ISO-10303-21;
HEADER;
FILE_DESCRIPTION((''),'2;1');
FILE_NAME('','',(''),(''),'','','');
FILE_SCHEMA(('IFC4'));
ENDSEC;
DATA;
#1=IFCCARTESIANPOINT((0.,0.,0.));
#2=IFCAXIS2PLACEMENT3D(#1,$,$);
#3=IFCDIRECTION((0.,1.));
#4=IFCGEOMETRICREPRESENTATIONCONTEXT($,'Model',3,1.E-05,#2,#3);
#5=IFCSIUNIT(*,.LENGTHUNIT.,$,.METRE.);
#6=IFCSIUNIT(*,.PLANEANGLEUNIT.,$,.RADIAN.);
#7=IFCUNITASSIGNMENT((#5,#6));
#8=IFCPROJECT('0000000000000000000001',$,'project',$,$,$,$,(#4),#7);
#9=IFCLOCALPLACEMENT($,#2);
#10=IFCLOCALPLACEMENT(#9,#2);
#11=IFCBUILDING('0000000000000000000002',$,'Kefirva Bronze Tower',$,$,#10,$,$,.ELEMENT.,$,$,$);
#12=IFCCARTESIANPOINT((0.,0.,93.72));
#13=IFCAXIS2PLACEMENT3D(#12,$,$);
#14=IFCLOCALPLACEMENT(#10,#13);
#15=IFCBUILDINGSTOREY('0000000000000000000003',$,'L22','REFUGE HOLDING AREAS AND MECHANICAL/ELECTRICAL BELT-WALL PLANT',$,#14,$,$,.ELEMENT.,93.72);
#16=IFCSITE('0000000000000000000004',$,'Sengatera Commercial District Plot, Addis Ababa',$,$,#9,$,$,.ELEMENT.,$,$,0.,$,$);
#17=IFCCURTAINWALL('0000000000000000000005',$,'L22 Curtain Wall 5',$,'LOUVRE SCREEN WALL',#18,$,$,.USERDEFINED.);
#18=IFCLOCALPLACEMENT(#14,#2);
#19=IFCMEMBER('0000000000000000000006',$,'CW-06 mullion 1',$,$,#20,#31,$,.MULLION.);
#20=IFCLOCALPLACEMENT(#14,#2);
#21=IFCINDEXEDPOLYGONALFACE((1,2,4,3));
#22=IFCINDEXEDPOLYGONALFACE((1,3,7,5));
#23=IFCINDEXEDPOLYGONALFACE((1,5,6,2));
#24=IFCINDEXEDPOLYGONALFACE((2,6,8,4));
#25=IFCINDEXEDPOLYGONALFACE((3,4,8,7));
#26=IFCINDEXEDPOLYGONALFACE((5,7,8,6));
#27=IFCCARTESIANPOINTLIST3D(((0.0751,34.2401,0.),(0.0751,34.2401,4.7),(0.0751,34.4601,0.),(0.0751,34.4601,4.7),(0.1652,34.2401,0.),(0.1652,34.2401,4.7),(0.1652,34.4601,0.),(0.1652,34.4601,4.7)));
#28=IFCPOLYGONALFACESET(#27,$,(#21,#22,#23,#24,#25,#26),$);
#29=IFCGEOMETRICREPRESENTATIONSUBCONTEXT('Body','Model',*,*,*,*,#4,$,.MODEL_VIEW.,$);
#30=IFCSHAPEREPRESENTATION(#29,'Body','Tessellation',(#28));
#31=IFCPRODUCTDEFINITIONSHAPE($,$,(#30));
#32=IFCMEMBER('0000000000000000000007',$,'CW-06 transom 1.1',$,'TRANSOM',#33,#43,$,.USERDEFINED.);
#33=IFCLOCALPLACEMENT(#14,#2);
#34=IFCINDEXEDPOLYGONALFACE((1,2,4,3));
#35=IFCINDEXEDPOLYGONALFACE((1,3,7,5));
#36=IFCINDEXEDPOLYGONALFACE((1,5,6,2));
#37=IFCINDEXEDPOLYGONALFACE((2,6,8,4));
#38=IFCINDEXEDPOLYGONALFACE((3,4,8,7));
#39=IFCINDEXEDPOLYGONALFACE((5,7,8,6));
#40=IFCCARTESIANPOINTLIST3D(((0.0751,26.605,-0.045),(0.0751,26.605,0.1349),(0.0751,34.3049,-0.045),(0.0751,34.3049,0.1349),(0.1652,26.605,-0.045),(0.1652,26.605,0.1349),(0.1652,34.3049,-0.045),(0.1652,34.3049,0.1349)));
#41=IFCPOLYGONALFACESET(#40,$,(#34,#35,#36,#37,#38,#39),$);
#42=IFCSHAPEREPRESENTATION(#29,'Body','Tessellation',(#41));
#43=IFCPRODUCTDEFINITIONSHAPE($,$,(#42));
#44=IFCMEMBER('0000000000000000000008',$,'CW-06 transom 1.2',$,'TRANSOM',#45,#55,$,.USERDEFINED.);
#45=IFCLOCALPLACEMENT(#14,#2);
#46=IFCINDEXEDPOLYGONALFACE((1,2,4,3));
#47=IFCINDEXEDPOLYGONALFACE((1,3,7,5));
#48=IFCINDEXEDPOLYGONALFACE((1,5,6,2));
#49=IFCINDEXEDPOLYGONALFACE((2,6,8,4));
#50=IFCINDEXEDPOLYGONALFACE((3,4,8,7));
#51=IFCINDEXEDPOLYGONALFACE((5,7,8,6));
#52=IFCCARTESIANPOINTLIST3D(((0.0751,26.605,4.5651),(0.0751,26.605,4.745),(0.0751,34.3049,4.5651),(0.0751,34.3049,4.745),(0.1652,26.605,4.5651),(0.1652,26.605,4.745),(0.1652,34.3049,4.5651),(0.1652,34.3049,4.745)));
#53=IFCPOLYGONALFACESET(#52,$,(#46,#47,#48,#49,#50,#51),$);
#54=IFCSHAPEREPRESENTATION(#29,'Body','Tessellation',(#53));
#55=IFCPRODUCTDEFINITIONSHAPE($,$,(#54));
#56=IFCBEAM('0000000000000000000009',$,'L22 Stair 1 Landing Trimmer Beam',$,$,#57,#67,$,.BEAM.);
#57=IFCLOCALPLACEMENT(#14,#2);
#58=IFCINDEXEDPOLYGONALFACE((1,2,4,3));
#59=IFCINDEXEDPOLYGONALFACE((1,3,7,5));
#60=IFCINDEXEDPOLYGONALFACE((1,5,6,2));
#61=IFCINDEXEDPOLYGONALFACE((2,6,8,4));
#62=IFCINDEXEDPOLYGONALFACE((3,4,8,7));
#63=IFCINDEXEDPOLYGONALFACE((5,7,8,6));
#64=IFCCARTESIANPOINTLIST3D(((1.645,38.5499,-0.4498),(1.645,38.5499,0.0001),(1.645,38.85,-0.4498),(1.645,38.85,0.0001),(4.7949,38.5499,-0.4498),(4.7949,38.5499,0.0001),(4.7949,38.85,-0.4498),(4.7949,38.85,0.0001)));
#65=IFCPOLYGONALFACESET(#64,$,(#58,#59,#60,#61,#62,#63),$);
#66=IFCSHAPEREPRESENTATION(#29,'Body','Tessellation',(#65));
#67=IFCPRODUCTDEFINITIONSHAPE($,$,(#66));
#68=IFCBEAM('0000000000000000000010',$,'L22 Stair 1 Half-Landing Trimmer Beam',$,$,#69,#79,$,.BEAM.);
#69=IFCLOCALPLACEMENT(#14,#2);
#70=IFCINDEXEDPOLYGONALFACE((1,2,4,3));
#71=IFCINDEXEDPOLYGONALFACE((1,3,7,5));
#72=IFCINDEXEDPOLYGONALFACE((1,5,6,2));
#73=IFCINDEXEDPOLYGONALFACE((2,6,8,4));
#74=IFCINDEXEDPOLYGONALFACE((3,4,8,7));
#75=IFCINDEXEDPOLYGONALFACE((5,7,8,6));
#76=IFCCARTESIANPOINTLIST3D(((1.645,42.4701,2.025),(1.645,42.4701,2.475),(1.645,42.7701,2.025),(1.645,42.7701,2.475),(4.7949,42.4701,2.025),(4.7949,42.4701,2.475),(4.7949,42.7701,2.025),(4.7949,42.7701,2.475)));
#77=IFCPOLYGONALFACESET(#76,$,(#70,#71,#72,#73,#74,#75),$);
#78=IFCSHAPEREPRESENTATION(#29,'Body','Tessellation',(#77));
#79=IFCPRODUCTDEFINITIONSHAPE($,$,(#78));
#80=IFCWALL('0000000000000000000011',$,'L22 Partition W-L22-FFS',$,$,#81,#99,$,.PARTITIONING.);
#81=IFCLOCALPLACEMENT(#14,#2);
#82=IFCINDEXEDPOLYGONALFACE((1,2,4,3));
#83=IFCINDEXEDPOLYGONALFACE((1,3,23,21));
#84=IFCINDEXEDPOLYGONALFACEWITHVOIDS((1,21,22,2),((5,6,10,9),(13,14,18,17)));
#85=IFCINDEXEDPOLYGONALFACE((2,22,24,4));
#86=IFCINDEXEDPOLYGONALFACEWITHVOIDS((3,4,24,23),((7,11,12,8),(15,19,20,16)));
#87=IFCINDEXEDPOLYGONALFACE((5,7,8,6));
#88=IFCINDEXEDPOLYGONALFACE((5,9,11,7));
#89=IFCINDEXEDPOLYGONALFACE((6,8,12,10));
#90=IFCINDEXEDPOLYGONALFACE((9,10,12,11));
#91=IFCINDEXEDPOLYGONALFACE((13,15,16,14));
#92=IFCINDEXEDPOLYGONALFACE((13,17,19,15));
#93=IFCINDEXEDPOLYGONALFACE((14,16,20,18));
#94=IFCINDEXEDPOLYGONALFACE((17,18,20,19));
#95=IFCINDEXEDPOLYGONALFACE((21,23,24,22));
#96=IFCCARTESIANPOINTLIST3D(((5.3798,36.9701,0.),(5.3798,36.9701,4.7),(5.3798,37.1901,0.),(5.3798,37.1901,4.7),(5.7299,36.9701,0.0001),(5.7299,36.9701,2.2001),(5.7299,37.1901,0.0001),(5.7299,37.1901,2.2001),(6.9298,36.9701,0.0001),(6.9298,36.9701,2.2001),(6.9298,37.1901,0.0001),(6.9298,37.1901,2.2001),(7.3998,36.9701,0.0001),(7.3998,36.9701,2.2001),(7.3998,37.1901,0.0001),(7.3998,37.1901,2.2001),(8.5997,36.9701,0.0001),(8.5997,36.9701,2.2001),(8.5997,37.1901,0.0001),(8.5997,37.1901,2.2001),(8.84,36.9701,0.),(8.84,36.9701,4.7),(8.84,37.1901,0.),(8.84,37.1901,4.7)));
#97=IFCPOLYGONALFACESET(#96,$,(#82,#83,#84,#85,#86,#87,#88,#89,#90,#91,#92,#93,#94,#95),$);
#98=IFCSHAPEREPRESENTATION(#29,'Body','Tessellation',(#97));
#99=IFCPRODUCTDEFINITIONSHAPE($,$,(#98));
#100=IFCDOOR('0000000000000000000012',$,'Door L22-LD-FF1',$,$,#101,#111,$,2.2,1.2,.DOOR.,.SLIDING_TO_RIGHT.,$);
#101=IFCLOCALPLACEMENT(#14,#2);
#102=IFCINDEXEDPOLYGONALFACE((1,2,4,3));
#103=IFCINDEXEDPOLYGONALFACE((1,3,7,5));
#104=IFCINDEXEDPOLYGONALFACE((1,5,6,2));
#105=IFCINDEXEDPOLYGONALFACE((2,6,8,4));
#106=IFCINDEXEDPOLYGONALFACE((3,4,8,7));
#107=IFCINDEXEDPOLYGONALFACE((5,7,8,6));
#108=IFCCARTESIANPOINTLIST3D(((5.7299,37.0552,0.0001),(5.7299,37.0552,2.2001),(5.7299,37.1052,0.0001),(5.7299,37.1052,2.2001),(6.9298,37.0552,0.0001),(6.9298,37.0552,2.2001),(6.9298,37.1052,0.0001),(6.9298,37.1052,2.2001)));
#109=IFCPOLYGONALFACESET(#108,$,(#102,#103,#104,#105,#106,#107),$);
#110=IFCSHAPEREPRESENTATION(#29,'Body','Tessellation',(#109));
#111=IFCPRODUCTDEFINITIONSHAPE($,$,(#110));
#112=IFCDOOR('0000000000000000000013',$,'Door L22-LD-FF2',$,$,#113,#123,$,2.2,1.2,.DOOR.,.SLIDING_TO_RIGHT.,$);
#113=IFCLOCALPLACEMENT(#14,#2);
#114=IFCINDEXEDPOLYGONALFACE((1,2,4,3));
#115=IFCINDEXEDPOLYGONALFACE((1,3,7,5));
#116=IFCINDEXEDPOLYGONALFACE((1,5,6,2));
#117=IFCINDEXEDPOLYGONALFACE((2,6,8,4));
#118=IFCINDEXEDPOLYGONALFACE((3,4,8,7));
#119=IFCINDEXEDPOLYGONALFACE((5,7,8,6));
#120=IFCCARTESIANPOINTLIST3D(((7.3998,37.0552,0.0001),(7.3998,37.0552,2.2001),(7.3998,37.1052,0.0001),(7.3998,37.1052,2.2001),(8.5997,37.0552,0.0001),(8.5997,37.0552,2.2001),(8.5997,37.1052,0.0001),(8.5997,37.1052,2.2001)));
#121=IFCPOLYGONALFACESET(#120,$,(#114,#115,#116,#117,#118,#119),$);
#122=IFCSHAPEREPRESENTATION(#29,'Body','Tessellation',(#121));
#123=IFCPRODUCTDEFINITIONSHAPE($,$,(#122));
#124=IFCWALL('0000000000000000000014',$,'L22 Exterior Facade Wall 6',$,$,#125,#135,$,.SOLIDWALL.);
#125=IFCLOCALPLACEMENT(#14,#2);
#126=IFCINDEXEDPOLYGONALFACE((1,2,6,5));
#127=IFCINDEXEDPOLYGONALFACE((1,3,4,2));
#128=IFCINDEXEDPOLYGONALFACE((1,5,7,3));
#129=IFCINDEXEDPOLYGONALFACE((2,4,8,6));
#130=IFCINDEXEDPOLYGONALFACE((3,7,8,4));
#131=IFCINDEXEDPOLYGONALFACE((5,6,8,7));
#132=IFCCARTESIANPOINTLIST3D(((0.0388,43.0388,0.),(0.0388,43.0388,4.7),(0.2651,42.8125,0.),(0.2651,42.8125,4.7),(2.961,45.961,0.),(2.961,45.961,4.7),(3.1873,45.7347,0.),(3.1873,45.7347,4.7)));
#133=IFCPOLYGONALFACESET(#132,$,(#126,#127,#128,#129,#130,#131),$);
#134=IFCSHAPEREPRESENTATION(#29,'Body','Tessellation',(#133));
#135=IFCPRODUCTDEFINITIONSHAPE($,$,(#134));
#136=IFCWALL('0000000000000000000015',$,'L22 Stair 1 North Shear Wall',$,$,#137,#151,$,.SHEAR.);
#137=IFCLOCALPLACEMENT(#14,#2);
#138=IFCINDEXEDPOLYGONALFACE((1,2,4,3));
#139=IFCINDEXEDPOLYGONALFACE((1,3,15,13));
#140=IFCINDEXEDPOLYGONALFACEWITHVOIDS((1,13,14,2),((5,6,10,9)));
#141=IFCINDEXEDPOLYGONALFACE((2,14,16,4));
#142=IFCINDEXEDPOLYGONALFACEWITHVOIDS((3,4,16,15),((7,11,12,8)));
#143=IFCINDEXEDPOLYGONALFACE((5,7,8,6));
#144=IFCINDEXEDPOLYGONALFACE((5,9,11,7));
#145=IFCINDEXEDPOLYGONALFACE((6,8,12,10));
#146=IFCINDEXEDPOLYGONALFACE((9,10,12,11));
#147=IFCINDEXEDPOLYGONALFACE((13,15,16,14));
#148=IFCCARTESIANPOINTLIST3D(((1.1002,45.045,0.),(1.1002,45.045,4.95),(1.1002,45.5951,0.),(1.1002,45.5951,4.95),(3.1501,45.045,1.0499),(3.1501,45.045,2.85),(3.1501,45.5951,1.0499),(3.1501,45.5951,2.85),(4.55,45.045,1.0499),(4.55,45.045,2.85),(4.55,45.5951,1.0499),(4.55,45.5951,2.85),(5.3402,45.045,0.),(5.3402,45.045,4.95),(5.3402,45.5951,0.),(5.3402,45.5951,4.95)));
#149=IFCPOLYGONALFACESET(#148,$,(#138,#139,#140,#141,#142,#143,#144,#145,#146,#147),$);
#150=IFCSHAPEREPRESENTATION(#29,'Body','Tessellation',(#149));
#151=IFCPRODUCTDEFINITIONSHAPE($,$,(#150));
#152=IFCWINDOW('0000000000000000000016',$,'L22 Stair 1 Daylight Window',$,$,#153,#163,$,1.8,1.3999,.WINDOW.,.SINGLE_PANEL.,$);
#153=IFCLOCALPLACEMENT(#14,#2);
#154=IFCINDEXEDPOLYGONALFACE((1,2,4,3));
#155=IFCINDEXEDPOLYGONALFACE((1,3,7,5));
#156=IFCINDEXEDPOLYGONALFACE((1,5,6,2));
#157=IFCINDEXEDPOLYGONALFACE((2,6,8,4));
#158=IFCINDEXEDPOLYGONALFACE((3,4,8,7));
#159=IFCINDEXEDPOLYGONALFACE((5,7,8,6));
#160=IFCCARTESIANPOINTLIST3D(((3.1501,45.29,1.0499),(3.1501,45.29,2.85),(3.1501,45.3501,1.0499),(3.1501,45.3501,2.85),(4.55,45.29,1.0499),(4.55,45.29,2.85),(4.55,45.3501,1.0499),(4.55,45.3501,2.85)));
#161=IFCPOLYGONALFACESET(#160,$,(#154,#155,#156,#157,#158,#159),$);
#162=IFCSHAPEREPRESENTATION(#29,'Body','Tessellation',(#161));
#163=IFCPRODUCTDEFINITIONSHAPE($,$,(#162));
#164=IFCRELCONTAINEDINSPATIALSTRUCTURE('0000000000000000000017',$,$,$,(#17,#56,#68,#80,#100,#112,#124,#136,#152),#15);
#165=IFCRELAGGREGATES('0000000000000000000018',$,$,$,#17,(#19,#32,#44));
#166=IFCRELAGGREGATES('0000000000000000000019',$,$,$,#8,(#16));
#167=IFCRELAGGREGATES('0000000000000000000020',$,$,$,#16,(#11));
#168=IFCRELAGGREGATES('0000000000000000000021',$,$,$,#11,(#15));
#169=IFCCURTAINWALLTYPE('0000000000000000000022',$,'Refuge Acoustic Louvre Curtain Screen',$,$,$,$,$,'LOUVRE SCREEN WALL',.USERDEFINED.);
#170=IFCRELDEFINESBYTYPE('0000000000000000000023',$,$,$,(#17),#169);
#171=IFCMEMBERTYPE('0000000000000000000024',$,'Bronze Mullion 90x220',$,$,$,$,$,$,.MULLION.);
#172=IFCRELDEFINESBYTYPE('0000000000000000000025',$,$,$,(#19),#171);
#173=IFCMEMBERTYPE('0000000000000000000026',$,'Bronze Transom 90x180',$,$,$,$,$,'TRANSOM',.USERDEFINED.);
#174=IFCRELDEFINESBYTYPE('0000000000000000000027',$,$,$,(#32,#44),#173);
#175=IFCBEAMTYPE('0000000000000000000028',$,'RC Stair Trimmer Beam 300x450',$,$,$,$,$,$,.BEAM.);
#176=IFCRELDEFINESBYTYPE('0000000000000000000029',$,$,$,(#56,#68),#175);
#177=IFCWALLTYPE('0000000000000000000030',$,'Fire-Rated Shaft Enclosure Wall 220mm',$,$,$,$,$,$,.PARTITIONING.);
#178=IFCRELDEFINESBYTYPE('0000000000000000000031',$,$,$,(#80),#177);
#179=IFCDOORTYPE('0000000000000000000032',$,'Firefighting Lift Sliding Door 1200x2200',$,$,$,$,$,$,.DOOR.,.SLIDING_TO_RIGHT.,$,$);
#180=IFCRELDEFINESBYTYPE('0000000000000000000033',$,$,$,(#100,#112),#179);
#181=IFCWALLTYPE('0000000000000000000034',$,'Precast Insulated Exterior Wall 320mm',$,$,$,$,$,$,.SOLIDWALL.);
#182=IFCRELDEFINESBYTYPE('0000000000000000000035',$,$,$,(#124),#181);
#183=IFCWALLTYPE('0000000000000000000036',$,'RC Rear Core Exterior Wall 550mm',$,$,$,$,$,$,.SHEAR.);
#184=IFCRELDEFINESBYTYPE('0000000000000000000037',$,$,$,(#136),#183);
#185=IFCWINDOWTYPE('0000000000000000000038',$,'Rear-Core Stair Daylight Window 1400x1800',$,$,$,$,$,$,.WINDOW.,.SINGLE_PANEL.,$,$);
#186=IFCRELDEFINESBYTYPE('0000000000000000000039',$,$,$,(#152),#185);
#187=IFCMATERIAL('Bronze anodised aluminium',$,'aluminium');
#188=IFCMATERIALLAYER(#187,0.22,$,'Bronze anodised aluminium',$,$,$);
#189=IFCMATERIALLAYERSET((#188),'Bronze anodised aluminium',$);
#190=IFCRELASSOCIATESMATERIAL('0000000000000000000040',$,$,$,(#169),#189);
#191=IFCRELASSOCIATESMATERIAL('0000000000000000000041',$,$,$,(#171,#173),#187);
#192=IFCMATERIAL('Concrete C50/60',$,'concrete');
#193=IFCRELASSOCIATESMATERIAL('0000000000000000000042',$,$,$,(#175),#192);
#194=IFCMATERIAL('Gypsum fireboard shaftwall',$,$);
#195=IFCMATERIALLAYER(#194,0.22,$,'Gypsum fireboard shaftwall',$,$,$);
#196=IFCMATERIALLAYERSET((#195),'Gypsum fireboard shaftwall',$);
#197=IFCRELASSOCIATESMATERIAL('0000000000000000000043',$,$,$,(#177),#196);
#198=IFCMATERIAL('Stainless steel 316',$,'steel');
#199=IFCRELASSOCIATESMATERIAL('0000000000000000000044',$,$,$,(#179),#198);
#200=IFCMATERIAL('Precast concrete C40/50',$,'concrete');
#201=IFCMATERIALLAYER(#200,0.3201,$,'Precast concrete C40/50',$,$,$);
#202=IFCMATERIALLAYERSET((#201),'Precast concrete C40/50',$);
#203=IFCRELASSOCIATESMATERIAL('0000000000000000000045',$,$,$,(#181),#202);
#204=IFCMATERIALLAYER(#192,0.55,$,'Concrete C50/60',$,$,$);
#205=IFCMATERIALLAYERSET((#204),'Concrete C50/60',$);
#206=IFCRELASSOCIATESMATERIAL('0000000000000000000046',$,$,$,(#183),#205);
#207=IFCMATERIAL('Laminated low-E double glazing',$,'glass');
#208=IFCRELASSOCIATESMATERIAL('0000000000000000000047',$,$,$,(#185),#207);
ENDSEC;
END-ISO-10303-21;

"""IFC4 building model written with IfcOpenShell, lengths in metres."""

from ifc_helpers import new_model, si_unit, direction, frame, frame_2d, origin, origin_2d, place, context, subcontext, project, spatial, rectangle, extrude, material, layer, layer_set, material_profile, profile_set, type_object, element, fill, aggregate, save


model = new_model("IFC4")

# Units and contexts
model_context = context("Model", 3, precision=1e-05, world=origin(), true_north=direction((0.0, 1.0)))
body_context = subcontext(model_context, "Body", "Model", "MODEL_VIEW")
ifc_project = project(units=[si_unit("LENGTHUNIT", "METRE"), si_unit("PLANEANGLEUNIT", "RADIAN")], contexts=[model_context])

# Site, building, storey
site_placement = place(None, origin())
site = spatial("IfcSite", under=ifc_project, at=site_placement, Name="Sengatera Commercial District Plot, Addis Ababa", CompositionType="ELEMENT", RefElevation=0.0)
building_placement = place(site_placement, origin())
building = spatial("IfcBuilding", under=site, at=building_placement, Name="Kefirva Bronze Tower", CompositionType="ELEMENT")
storey_placement = place(building_placement, frame((0.0, 0.0, 93.72)))
storey = spatial("IfcBuildingStorey", under=building, at=storey_placement, Name="L22", Description="REFUGE HOLDING AREAS AND MECHANICAL/ELECTRICAL BELT-WALL PLANT", CompositionType="ELEMENT", Elevation=93.72)

# Curtain wall, members
ifc_material_1 = material(Name="Bronze anodised aluminium", Category="aluminium")
ifc_layer_1 = layer(ifc_material_1, 0.22, Name="Bronze anodised aluminium")
ifc_layer_set_1 = layer_set([ifc_layer_1], Name="Bronze anodised aluminium")
curtain_wall_type = type_object("IfcCurtainWallType", Name="Refuge Acoustic Louvre Curtain Screen", ElementType="LOUVRE SCREEN WALL", PredefinedType="USERDEFINED", material=ifc_layer_set_1)
curtain_wall_placement = place(storey_placement, origin())
curtain_wall = element("IfcCurtainWall", 1, at=curtain_wall_placement, inside=storey, type_object=curtain_wall_type, Name="L22 Curtain Wall 5", ObjectType="LOUVRE SCREEN WALL", PredefinedType="USERDEFINED")
ifc_material_profile_1 = material_profile(ifc_material_1, rectangle(XDim=0.0901, YDim=0.22, at=origin_2d()), Name="ALU 90x220")
ifc_profile_set_1 = profile_set([ifc_material_profile_1], Name="Bronze anodised aluminium")
member_type_1 = type_object("IfcMemberType", Name="Bronze Mullion 90x220", PredefinedType="MULLION", material=ifc_profile_set_1)
member_1_placement = place(storey_placement, frame((0.1201, 34.3501, 0.0), z_axis=(0.0, 0.0, 1.0), x_axis=(1.0, 0.0, 0.0)))
member_1 = element("IfcMember", 2, at=member_1_placement, type_object=member_type_1, Name="CW-06 mullion 1", PredefinedType="MULLION", context=body_context, shape_type="SweptSolid", body=[
    extrude(rectangle(XDim=0.0901, YDim=0.22, at=origin_2d()), origin(), (0.0, 0.0, 1.0), 4.7),
])
ifc_material_profile_2 = material_profile(ifc_material_1, rectangle(XDim=0.0901, YDim=0.1799, at=origin_2d()), Name="ALU 90x180")
ifc_profile_set_2 = profile_set([ifc_material_profile_2], Name="Bronze anodised aluminium")
member_type_2 = type_object("IfcMemberType", Name="Bronze Transom 90x180", ElementType="TRANSOM", PredefinedType="USERDEFINED", material=ifc_profile_set_2)
member_2_placement = place(storey_placement, frame((0.1201, 34.3049, 0.0449), z_axis=(0.0, -1.0, 0.0), x_axis=(1.0, 0.0, 0.0)))
member_2 = element("IfcMember", 3, at=member_2_placement, type_object=member_type_2, Name="CW-06 transom 1.1", ObjectType="TRANSOM", PredefinedType="USERDEFINED", context=body_context, shape_type="SweptSolid", body=[
    extrude(rectangle(XDim=0.0901, YDim=0.1799, at=origin_2d()), origin(), (0.0, 0.0, 1.0), 7.7),
])
member_3_placement = place(storey_placement, frame((0.1201, 34.3049, 4.655), z_axis=(0.0, -1.0, 0.0), x_axis=(1.0, 0.0, 0.0)))
member_3 = element("IfcMember", 4, at=member_3_placement, type_object=member_type_2, Name="CW-06 transom 1.2", ObjectType="TRANSOM", PredefinedType="USERDEFINED", context=body_context, shape_type="SweptSolid", body=[
    extrude(rectangle(XDim=0.0901, YDim=0.1799, at=origin_2d()), origin(), (0.0, 0.0, 1.0), 7.7),
])
aggregate(curtain_wall, [member_1, member_2, member_3])

# Beams
ifc_material_2 = material(Name="Concrete C50/60", Category="concrete")
ifc_material_profile_3 = material_profile(ifc_material_2, rectangle(XDim=0.3, YDim=0.45, at=origin_2d()), Name="RC 300x450")
ifc_profile_set_3 = profile_set([ifc_material_profile_3], Name="Concrete C50/60")
beam_type = type_object("IfcBeamType", Name="RC Stair Trimmer Beam 300x450", PredefinedType="BEAM", material=ifc_profile_set_3)
for number, where, z_axis, x_axis, name in (
    (5, (1.645, 38.7, -0.2249), (1.0, 0.0, 0.0), (0.0, 1.0, 0.0), "L22 Stair 1 Landing Trimmer Beam"),
    (6, (1.645, 42.6201, 2.25), (1.0, 0.0, 0.0), (0.0, 1.0, 0.0), "L22 Stair 1 Half-Landing Trimmer Beam"),
):
    element("IfcBeam", number, at=place(storey_placement, frame(where, z_axis=z_axis, x_axis=x_axis)), inside=storey, type_object=beam_type, Name=name, PredefinedType="BEAM", context=body_context, shape_type="SweptSolid", body=[
        extrude(rectangle(XDim=0.3, YDim=0.45, at=origin_2d()), origin(), (0.0, 0.0, 1.0), 3.1499),
    ])

# Shared definitions
ifc_material_3 = material(Name="Gypsum fireboard shaftwall")
ifc_layer_2 = layer(ifc_material_3, 0.22, Name="Gypsum fireboard shaftwall")
ifc_layer_set_2 = layer_set([ifc_layer_2], Name="Gypsum fireboard shaftwall")
wall_type_1 = type_object("IfcWallType", Name="Fire-Rated Shaft Enclosure Wall 220mm", PredefinedType="PARTITIONING", material=ifc_layer_set_2)

# Wall, openings, doors
wall_1_placement = place(storey_placement, frame((5.3799, 37.0801, 0.0), z_axis=(0.0, 0.0, 1.0), x_axis=(1.0, 0.0, 0.0)))
wall_1 = element("IfcWall", 7, at=wall_1_placement, inside=storey, type_object=wall_type_1, Name="L22 Partition W-L22-FFS", PredefinedType="PARTITIONING", context=body_context, shape_type="SweptSolid", body=[
    extrude(rectangle(XDim=3.4602, YDim=0.22, at=frame_2d((1.73, 0.0))), origin(), (0.0, 0.0, 1.0), 4.7),
])
opening_1_placement = place(wall_1_placement, frame((1.55, 0.0, 0.0), z_axis=(0.0, 0.0, 1.0), x_axis=(-1.0, 0.0, 0.0)))
opening_1 = element("IfcOpeningElement", 8, at=opening_1_placement, cuts=wall_1, PredefinedType="OPENING", context=body_context, shape_type="SweptSolid", body=[
    extrude(rectangle(XDim=1.2, YDim=2.2, at=frame_2d((0.6001, 1.1001))), frame((0.0, 0.1201, 0.0), z_axis=(0.0, -1.0, 0.0), x_axis=(1.0, 0.0, 0.0)), (0.0, 0.0, 1.0), 0.24),
])
opening_2_placement = place(wall_1_placement, frame((3.22, 0.0, 0.0), z_axis=(0.0, 0.0, 1.0), x_axis=(-1.0, 0.0, 0.0)))
opening_2 = element("IfcOpeningElement", 9, at=opening_2_placement, cuts=wall_1, PredefinedType="OPENING", context=body_context, shape_type="SweptSolid", body=[
    extrude(rectangle(XDim=1.2, YDim=2.2, at=frame_2d((0.6001, 1.1001))), frame((0.0, 0.1201, 0.0), z_axis=(0.0, -1.0, 0.0), x_axis=(1.0, 0.0, 0.0)), (0.0, 0.0, 1.0), 0.24),
])
ifc_material_4 = material(Name="Stainless steel 316", Category="steel")
door_type_1 = type_object("IfcDoorType", Name="Firefighting Lift Sliding Door 1200x2200", OperationType="SLIDING_TO_RIGHT", PredefinedType="DOOR", material=ifc_material_4)
door_1_placement = place(opening_1_placement, origin())
door_1 = element("IfcDoor", 10, at=door_1_placement, inside=storey, type_object=door_type_1, Name="Door L22-LD-FF1", OperationType="SLIDING_TO_RIGHT", OverallHeight=2.2, OverallWidth=1.2, PredefinedType="DOOR", context=body_context, shape_type="SweptSolid", body=[
    extrude(rectangle(XDim=1.2, YDim=2.2, at=frame_2d((0.6001, 1.1001))), frame((0.0, 0.0249, 0.0), z_axis=(0.0, -1.0, 0.0), x_axis=(1.0, 0.0, 0.0)), (0.0, 0.0, 1.0), 0.05),
])
fill(opening_1, door_1)
door_2_placement = place(opening_2_placement, origin())
door_2 = element("IfcDoor", 11, at=door_2_placement, inside=storey, type_object=door_type_1, Name="Door L22-LD-FF2", OperationType="SLIDING_TO_RIGHT", OverallHeight=2.2, OverallWidth=1.2, PredefinedType="DOOR", context=body_context, shape_type="SweptSolid", body=[
    extrude(rectangle(XDim=1.2, YDim=2.2, at=frame_2d((0.6001, 1.1001))), frame((0.0, 0.0249, 0.0), z_axis=(0.0, -1.0, 0.0), x_axis=(1.0, 0.0, 0.0)), (0.0, 0.0, 1.0), 0.05),
])
fill(opening_2, door_2)

# Wall
ifc_material_5 = material(Name="Precast concrete C40/50", Category="concrete")
ifc_layer_3 = layer(ifc_material_5, 0.3201, Name="Precast concrete C40/50")
ifc_layer_set_3 = layer_set([ifc_layer_3], Name="Precast concrete C40/50")
wall_type_2 = type_object("IfcWallType", Name="Precast Insulated Exterior Wall 320mm", PredefinedType="SOLIDWALL", material=ifc_layer_set_3)
wall_2_placement = place(storey_placement, frame((3.0742, 45.8479, 0.0), z_axis=(0.0, 0.0, 1.0), x_axis=(-0.707107, -0.707107, 0.0)))
element("IfcWall", 12, at=wall_2_placement, inside=storey, type_object=wall_type_2, Name="L22 Exterior Facade Wall 6", PredefinedType="SOLIDWALL", context=body_context, shape_type="SweptSolid", body=[
    extrude(rectangle(XDim=4.1326, YDim=0.3201, at=frame_2d((2.0664, 0.0))), origin(), (0.0, 0.0, 1.0), 4.7),
])

# Wall, opening, window
ifc_layer_4 = layer(ifc_material_2, 0.55, Name="Concrete C50/60")
ifc_layer_set_4 = layer_set([ifc_layer_4], Name="Concrete C50/60")
wall_type_3 = type_object("IfcWallType", Name="RC Rear Core Exterior Wall 550mm", PredefinedType="SHEAR", material=ifc_layer_set_4)
wall_3_placement = place(storey_placement, frame((1.1001, 45.3201, 0.0), z_axis=(0.0, 0.0, 1.0), x_axis=(1.0, 0.0, 0.0)))
wall_3 = element("IfcWall", 13, at=wall_3_placement, inside=storey, type_object=wall_type_3, Name="L22 Stair 1 North Shear Wall", PredefinedType="SHEAR", context=body_context, shape_type="SweptSolid", body=[
    extrude(rectangle(XDim=4.24, YDim=0.55, at=frame_2d((2.1201, 0.0))), origin(), (0.0, 0.0, 1.0), 4.95),
])
opening_3_placement = place(wall_3_placement, frame((2.05, 0.0, 1.05)))
opening_3 = element("IfcOpeningElement", 14, at=opening_3_placement, cuts=wall_3, PredefinedType="OPENING", context=body_context, shape_type="SweptSolid", body=[
    extrude(rectangle(XDim=1.3999, YDim=1.8, at=frame_2d((0.7, 0.8999))), frame((0.0, 0.2852, 0.0), z_axis=(0.0, -1.0, 0.0), x_axis=(1.0, 0.0, 0.0)), (0.0, 0.0, 1.0), 0.5701),
])
ifc_material_6 = material(Name="Laminated low-E double glazing", Category="glass")
window_type = type_object("IfcWindowType", Name="Rear-Core Stair Daylight Window 1400x1800", PartitioningType="SINGLE_PANEL", PredefinedType="WINDOW", material=ifc_material_6)
window_placement = place(opening_3_placement, origin())
window = element("IfcWindow", 15, at=window_placement, inside=storey, type_object=window_type, Name="L22 Stair 1 Daylight Window", OverallHeight=1.8, OverallWidth=1.3999, PartitioningType="SINGLE_PANEL", PredefinedType="WINDOW", context=body_context, shape_type="SweptSolid", body=[
    extrude(rectangle(XDim=1.3999, YDim=1.8, at=frame_2d((0.7, 0.8999))), frame((0.0, 0.03, 0.0), z_axis=(0.0, -1.0, 0.0), x_axis=(1.0, 0.0, 0.0)), (0.0, 0.0, 1.0), 0.0601),
])
fill(opening_3, window)

save(model, "model.ifc")
